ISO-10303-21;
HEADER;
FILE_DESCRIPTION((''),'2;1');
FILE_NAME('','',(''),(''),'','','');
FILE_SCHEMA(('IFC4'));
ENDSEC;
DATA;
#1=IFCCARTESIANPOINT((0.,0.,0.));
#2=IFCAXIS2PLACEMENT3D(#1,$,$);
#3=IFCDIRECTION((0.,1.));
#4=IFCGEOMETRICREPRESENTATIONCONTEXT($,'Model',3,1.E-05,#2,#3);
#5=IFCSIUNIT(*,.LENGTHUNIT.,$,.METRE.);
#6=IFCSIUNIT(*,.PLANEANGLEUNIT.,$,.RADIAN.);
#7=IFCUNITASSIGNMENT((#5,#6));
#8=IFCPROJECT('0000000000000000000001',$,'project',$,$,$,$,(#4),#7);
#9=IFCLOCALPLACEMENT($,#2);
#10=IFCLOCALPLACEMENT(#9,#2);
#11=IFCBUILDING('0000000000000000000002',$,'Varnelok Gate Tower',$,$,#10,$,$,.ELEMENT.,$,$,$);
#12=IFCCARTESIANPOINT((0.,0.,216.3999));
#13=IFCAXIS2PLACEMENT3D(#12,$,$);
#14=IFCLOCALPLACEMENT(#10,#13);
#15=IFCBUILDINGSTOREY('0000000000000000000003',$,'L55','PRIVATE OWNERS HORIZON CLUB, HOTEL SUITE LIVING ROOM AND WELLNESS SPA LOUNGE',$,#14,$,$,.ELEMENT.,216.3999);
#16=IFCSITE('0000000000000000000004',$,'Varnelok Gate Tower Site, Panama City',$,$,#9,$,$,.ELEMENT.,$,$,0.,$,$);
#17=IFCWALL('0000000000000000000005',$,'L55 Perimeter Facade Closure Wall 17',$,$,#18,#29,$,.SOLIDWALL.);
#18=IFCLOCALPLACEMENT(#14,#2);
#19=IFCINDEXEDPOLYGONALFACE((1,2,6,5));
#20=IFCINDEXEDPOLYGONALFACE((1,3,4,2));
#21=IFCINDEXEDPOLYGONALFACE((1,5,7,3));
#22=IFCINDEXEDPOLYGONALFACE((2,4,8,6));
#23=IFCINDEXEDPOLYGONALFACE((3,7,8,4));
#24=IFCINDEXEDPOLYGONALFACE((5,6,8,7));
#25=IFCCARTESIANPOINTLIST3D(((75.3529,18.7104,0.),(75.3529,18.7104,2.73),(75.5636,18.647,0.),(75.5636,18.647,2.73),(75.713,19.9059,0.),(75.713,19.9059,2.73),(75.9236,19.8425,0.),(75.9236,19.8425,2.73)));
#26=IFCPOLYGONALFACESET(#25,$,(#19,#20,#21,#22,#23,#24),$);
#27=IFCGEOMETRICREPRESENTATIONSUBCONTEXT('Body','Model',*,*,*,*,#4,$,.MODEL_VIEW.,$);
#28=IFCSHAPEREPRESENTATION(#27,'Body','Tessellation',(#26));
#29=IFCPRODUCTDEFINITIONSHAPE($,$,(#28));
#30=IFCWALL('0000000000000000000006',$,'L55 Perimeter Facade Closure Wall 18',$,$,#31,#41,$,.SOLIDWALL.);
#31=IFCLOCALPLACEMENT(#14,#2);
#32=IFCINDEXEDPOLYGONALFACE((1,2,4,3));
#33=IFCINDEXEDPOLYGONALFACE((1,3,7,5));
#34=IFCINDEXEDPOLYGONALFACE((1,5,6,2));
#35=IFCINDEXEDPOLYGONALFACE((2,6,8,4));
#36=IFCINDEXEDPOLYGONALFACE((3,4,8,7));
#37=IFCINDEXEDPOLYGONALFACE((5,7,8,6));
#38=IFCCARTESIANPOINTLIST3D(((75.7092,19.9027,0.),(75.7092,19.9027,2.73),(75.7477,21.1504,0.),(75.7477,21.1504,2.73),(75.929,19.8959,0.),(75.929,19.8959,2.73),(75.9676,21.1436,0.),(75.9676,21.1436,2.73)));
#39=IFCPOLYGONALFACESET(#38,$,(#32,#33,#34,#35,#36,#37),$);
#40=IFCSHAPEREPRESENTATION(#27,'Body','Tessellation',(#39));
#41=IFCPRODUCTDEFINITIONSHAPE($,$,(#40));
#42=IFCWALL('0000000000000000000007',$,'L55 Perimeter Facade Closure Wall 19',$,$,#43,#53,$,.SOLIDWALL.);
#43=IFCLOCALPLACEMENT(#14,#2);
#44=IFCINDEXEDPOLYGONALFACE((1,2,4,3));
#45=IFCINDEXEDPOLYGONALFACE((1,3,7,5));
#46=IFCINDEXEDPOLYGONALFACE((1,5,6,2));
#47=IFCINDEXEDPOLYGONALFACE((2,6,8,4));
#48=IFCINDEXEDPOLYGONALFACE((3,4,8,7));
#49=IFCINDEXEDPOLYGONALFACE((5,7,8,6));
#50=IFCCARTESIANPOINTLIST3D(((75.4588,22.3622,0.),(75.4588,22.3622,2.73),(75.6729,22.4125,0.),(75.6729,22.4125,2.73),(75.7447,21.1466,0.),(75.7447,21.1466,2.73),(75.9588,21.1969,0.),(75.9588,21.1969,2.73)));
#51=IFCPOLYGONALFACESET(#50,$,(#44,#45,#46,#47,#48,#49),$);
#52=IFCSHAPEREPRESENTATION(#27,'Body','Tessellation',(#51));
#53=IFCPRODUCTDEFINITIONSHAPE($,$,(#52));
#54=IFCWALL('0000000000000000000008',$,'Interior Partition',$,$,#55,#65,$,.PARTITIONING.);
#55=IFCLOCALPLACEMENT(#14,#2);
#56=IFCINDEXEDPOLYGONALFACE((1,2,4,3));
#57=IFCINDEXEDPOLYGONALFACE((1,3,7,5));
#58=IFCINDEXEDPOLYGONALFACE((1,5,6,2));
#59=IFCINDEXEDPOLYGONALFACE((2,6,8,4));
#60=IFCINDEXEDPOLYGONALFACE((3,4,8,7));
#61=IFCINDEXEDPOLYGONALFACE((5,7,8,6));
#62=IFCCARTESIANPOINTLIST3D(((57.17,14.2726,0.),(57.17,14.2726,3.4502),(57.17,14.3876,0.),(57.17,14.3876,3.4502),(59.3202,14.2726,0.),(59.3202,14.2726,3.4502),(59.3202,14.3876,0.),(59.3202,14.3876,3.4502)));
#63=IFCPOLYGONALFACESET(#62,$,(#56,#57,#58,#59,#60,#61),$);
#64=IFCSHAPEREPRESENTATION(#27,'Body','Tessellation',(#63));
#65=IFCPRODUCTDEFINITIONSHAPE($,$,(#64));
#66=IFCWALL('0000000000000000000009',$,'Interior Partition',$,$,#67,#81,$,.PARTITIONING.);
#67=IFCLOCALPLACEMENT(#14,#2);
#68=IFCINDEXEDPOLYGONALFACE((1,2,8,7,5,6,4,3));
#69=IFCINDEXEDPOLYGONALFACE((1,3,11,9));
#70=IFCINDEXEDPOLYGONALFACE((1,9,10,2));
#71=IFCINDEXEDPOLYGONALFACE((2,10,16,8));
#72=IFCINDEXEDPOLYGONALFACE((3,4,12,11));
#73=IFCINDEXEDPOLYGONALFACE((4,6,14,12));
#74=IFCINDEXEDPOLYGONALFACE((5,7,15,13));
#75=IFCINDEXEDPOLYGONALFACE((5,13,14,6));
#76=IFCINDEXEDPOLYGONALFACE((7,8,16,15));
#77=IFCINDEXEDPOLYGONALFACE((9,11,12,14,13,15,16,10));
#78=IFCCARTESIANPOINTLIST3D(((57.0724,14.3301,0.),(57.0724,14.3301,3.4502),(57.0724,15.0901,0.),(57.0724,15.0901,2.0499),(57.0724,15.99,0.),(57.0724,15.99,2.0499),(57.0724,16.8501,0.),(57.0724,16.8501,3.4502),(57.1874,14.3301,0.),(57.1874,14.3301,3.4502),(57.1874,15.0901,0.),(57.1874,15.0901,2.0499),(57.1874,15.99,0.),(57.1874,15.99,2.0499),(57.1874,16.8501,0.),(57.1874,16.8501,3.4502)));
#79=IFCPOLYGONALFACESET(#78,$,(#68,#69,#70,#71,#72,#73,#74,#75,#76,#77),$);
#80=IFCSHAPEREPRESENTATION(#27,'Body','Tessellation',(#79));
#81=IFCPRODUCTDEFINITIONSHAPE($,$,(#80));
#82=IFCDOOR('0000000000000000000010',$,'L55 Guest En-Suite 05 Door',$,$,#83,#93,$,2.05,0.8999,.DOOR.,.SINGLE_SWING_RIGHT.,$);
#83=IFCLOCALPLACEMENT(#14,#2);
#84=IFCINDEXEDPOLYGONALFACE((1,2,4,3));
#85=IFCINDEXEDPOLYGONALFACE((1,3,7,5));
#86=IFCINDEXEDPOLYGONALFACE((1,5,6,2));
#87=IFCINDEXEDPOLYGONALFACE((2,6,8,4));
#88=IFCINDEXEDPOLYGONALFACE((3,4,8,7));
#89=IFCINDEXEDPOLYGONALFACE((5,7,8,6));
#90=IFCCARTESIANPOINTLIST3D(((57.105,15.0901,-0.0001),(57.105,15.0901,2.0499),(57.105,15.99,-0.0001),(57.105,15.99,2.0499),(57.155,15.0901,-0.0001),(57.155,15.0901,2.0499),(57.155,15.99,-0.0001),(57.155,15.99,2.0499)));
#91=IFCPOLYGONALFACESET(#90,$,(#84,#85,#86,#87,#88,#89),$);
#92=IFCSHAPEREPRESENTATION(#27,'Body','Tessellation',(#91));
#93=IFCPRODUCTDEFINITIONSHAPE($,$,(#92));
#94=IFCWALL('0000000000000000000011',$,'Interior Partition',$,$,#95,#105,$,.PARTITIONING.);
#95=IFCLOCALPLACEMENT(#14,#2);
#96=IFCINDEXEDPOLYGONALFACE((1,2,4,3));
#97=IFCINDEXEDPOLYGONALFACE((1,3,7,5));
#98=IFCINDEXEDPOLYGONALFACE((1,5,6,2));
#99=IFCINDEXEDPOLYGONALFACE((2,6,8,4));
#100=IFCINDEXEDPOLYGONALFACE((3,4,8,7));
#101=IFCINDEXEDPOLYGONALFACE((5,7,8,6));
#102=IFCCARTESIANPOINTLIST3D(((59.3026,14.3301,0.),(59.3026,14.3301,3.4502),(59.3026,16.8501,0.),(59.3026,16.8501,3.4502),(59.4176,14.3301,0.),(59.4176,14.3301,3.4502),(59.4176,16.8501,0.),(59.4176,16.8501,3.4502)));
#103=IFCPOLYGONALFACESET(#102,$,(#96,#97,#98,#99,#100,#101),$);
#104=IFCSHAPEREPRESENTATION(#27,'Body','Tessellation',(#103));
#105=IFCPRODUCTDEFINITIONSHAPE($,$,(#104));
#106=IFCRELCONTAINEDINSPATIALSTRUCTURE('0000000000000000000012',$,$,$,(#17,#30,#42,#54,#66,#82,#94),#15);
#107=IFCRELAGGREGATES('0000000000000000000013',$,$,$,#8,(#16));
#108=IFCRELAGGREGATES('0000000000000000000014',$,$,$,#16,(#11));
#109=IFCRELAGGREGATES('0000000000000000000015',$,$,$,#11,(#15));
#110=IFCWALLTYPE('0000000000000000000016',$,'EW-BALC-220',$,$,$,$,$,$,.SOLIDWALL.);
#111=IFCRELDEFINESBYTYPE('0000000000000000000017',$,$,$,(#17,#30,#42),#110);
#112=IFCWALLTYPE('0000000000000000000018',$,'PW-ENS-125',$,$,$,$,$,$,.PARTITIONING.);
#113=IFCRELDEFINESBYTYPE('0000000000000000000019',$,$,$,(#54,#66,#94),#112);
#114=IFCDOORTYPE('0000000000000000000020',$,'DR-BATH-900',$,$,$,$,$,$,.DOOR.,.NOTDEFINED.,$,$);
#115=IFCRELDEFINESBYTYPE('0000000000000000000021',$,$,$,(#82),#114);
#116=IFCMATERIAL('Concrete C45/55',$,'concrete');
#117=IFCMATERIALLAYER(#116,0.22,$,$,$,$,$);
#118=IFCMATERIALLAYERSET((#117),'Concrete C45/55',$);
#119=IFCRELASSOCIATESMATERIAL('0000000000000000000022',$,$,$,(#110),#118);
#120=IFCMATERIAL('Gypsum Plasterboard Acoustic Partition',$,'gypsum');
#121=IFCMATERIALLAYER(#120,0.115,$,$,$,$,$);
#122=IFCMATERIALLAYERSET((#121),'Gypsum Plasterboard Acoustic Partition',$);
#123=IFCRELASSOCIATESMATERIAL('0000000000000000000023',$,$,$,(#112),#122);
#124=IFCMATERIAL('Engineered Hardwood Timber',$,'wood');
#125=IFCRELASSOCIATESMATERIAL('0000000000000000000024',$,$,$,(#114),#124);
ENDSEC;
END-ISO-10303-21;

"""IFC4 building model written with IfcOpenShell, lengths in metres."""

from ifc_helpers import new_model, si_unit, direction, frame, frame_2d, origin, place, context, subcontext, project, spatial, rectangle, extrude, material, layer, layer_set, type_object, element, fill, save


model = new_model("IFC4")

# Units and contexts
model_context = context("Model", 3, precision=1e-05, world=origin(), true_north=direction((0.0, 1.0)))
body_context = subcontext(model_context, "Body", "Model", "MODEL_VIEW")
ifc_project = project(units=[si_unit("LENGTHUNIT", "METRE"), si_unit("PLANEANGLEUNIT", "RADIAN")], contexts=[model_context])

# Site, building, storey
site_placement = place(None, origin())
site = spatial("IfcSite", under=ifc_project, at=site_placement, Name="Varnelok Gate Tower Site, Panama City", CompositionType="ELEMENT", RefElevation=0.0)
building_placement = place(site_placement, origin())
building = spatial("IfcBuilding", under=site, at=building_placement, Name="Varnelok Gate Tower", CompositionType="ELEMENT")
storey_placement = place(building_placement, frame((0.0, 0.0, 216.3999)))
storey = spatial("IfcBuildingStorey", under=building, at=storey_placement, Name="L55", Description="PRIVATE OWNERS HORIZON CLUB, HOTEL SUITE LIVING ROOM AND WELLNESS SPA LOUNGE", CompositionType="ELEMENT", Elevation=216.3999)

# Shared definitions
ifc_material_1 = material(Name="Concrete C45/55", Category="concrete")
ifc_layer_1 = layer(ifc_material_1, 0.22)
ifc_layer_set_1 = layer_set([ifc_layer_1], Name="Concrete C45/55")
wall_type_1 = type_object("IfcWallType", Name="EW-BALC-220", PredefinedType="SOLIDWALL", material=ifc_layer_set_1)

# Walls
for number, where, z_axis, x_axis, name in (
    (1, (75.4583, 18.6787, 0.0), (0.0, 0.0, 1.0), (0.288406, 0.957508, 0.0), "L55 Perimeter Facade Closure Wall 17"),
):
    element("IfcWall", number, at=place(storey_placement, frame(where, z_axis=z_axis, x_axis=x_axis)), inside=storey, type_object=wall_type_1, Name=name, PredefinedType="SOLIDWALL", context=body_context, shape_type="SweptSolid", body=[
        extrude(rectangle(XDim=1.2485, YDim=0.22, at=frame_2d((0.6243, 0.0))), origin(), (0.0, 0.0, 1.0), 2.73),
    ])
wall_1_placement = place(storey_placement, frame((75.8191, 19.8994, 0.0), z_axis=(0.0, 0.0, 1.0), x_axis=(0.030899, 0.999523, 0.0)))
element("IfcWall", 2, at=wall_1_placement, inside=storey, type_object=wall_type_1, Name="L55 Perimeter Facade Closure Wall 18", PredefinedType="SOLIDWALL", context=body_context, shape_type="SweptSolid", body=[
    extrude(rectangle(XDim=1.2483, YDim=0.22, at=frame_2d((0.624, 0.0))), origin(), (0.0, 0.0, 1.0), 2.73),
])
wall_2_placement = place(storey_placement, frame((75.8518, 21.1716, 0.0), z_axis=(0.0, 0.0, 1.0), x_axis=(-0.228941, 0.97344, 0.0)))
element("IfcWall", 3, at=wall_2_placement, inside=storey, type_object=wall_type_1, Name="L55 Perimeter Facade Closure Wall 19", PredefinedType="SOLIDWALL", context=body_context, shape_type="SweptSolid", body=[
    extrude(rectangle(XDim=1.2488, YDim=0.22, at=frame_2d((0.6245, 0.0))), origin(), (0.0, 0.0, 1.0), 2.73),
])
ifc_material_2 = material(Name="Gypsum Plasterboard Acoustic Partition", Category="gypsum")
ifc_layer_2 = layer(ifc_material_2, 0.115)
ifc_layer_set_2 = layer_set([ifc_layer_2], Name="Gypsum Plasterboard Acoustic Partition")
wall_type_2 = type_object("IfcWallType", Name="PW-ENS-125", PredefinedType="PARTITIONING", material=ifc_layer_set_2)
wall_3_placement = place(storey_placement, frame((57.1699, 14.3301, 0.0), z_axis=(0.0, 0.0, 1.0), x_axis=(1.0, 0.0, 0.0)))
element("IfcWall", 4, at=wall_3_placement, inside=storey, type_object=wall_type_2, Name="Interior Partition", PredefinedType="PARTITIONING", context=body_context, shape_type="SweptSolid", body=[
    extrude(rectangle(XDim=2.1501, YDim=0.115, at=frame_2d((1.0752, 0.0))), origin(), (0.0, 0.0, 1.0), 3.4502),
])

# Wall, opening, door
wall_4_placement = place(storey_placement, frame((57.1299, 14.3301, 0.0), z_axis=(0.0, 0.0, 1.0), x_axis=(0.0, 1.0, 0.0)))
wall_4 = element("IfcWall", 5, at=wall_4_placement, inside=storey, type_object=wall_type_2, Name="Interior Partition", PredefinedType="PARTITIONING", context=body_context, shape_type="SweptSolid", body=[
    extrude(rectangle(XDim=2.52, YDim=0.115, at=frame_2d((1.26, 0.0))), origin(), (0.0, 0.0, 1.0), 3.4502),
])
opening_1_placement = place(wall_4_placement, frame((0.76, 0.0, 0.0)))
opening_1 = element("IfcOpeningElement", 6, at=opening_1_placement, cuts=wall_4, PredefinedType="OPENING", context=body_context, shape_type="SweptSolid", body=[
    extrude(rectangle(XDim=0.8999, YDim=2.05, at=frame_2d((0.45, 1.0249))), frame((0.0, 0.0674, 0.0), z_axis=(0.0, -1.0, 0.0), x_axis=(1.0, 0.0, 0.0)), (0.0, 0.0, 1.0), 0.135),
])
ifc_material_3 = material(Name="Engineered Hardwood Timber", Category="wood")
door_type = type_object("IfcDoorType", Name="DR-BATH-900", OperationType="NOTDEFINED", PredefinedType="DOOR", material=ifc_material_3)
door_placement = place(opening_1_placement, origin())
door = element("IfcDoor", 7, at=door_placement, inside=storey, type_object=door_type, Name="L55 Guest En-Suite 05 Door", OperationType="SINGLE_SWING_RIGHT", OverallHeight=2.05, OverallWidth=0.8999, PredefinedType="DOOR", context=body_context, shape_type="SweptSolid", body=[
    extrude(rectangle(XDim=0.8999, YDim=2.05, at=frame_2d((0.45, 1.0249))), frame((0.0, 0.0249, 0.0), z_axis=(0.0, -1.0, 0.0), x_axis=(1.0, 0.0, 0.0)), (0.0, 0.0, 1.0), 0.05),
])
fill(opening_1, door)

# Wall
wall_5_placement = place(storey_placement, frame((59.3601, 14.3301, 0.0), z_axis=(0.0, 0.0, 1.0), x_axis=(0.0, 1.0, 0.0)))
element("IfcWall", 8, at=wall_5_placement, inside=storey, type_object=wall_type_2, Name="Interior Partition", PredefinedType="PARTITIONING", context=body_context, shape_type="SweptSolid", body=[
    extrude(rectangle(XDim=2.52, YDim=0.115, at=frame_2d((1.26, 0.0))), origin(), (0.0, 0.0, 1.0), 3.4502),
])

save(model, "model.ifc")
